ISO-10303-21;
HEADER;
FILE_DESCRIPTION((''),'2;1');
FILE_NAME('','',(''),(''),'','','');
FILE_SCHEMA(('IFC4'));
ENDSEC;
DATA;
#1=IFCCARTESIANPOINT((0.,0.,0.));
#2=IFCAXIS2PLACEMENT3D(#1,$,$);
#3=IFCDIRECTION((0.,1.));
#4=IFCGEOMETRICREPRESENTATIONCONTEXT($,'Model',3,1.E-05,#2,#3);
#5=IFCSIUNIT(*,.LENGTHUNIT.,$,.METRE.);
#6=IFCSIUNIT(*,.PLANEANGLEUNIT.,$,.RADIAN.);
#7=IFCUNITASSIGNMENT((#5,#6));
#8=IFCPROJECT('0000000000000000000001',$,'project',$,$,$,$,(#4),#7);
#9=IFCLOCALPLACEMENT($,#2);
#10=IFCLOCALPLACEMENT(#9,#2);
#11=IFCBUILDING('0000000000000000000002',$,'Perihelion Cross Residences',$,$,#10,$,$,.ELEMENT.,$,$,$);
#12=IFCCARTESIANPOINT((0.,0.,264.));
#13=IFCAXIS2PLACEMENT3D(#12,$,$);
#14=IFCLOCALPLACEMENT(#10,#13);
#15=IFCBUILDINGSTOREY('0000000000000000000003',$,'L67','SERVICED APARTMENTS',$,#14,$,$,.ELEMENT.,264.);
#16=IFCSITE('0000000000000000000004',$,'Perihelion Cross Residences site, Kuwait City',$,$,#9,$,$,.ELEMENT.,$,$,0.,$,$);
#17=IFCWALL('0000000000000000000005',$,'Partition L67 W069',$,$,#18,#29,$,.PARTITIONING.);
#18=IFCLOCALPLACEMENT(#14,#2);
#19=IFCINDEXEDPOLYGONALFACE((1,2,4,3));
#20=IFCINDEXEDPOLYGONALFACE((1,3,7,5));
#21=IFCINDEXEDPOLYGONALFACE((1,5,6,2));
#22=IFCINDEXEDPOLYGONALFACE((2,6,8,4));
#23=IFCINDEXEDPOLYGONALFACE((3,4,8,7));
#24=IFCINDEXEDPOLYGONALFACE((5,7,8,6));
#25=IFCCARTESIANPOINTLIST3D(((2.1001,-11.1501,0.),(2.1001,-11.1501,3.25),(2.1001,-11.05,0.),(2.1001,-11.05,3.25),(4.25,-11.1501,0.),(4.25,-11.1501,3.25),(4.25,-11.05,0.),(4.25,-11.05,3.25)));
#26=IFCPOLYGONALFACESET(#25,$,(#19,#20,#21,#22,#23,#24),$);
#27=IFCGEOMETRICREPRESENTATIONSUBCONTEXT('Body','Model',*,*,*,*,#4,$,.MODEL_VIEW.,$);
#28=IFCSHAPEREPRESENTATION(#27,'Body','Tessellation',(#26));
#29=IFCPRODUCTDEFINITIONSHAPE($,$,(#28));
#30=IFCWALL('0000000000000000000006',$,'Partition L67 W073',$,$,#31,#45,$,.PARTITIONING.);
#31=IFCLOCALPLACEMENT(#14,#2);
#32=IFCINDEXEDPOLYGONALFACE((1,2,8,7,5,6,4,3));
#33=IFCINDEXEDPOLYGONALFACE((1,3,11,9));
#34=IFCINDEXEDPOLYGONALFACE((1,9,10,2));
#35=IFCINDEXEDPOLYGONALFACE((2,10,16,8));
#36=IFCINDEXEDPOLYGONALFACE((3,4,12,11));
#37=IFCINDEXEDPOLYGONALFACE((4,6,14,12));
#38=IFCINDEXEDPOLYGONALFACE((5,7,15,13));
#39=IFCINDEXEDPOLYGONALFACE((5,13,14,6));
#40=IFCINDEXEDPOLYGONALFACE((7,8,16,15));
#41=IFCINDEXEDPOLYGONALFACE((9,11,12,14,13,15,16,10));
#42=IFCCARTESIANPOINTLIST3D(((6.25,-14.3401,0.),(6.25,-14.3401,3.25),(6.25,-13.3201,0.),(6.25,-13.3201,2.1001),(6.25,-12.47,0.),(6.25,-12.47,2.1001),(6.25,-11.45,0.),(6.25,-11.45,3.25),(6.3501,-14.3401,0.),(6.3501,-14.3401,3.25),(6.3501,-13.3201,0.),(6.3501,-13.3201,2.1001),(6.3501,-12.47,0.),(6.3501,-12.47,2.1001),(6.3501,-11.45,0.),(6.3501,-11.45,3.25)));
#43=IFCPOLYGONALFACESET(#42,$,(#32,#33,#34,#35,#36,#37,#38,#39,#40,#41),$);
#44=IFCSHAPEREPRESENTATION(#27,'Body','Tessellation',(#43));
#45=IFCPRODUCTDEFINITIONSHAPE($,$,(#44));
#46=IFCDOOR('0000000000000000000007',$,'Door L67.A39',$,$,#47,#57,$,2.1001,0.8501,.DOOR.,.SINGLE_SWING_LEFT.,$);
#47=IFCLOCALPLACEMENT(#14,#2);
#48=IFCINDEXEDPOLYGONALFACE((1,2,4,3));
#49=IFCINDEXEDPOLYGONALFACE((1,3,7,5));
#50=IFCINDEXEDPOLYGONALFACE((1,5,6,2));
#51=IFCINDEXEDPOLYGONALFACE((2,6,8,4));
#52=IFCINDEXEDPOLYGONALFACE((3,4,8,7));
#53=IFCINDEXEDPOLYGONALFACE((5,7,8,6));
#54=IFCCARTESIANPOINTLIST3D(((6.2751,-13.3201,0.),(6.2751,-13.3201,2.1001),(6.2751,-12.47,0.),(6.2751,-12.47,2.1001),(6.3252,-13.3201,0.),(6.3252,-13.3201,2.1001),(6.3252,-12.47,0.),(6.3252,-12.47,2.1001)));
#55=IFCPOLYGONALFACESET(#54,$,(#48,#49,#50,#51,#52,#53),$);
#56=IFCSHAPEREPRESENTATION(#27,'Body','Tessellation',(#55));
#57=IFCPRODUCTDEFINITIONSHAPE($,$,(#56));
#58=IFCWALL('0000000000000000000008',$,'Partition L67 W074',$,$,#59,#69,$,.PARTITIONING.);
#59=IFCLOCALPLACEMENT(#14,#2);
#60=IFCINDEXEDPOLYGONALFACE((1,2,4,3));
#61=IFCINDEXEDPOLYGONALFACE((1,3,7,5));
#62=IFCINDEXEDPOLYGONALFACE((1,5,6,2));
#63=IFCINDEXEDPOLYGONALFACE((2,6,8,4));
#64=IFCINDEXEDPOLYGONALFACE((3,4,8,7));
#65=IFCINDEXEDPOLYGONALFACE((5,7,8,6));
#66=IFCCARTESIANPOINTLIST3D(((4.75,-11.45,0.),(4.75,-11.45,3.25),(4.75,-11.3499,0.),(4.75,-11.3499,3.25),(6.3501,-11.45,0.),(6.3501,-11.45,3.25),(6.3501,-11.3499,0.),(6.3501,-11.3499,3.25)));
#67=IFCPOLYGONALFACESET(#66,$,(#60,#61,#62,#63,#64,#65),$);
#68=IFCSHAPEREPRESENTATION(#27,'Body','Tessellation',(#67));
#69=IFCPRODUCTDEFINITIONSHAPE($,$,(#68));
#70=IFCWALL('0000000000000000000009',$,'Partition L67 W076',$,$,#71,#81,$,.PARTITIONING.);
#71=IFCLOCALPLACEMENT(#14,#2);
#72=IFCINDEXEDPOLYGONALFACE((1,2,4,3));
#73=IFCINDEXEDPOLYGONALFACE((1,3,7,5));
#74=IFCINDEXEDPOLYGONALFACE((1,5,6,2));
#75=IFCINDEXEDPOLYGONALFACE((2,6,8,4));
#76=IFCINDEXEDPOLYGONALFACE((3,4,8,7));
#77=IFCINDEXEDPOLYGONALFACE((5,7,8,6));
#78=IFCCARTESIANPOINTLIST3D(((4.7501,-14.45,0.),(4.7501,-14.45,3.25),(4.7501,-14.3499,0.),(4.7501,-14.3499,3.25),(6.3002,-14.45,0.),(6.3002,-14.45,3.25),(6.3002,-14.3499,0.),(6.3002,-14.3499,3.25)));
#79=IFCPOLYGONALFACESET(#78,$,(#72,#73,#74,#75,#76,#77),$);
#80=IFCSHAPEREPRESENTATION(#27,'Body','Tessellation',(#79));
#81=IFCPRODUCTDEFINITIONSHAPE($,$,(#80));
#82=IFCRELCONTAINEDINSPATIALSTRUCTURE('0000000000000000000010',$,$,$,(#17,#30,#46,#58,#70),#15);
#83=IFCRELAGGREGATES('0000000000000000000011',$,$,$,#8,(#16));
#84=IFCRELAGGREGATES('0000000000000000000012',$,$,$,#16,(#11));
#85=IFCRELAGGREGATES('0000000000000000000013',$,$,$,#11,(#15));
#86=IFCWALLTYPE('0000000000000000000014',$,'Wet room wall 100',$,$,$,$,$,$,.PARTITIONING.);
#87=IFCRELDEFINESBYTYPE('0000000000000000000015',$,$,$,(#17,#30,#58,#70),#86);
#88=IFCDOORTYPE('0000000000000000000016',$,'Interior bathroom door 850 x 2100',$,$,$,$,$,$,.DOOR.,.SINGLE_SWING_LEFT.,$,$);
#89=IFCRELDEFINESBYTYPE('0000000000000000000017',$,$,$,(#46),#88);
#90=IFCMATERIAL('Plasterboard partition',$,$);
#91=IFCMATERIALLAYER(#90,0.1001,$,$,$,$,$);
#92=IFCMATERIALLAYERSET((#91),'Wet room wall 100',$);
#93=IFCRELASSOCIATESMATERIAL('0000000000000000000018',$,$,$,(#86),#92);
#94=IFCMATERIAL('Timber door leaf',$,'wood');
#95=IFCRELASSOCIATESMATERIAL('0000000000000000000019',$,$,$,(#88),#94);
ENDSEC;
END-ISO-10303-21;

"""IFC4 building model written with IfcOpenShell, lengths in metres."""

from ifc_helpers import new_model, si_unit, direction, frame, frame_2d, origin, place, context, subcontext, project, spatial, rectangle, extrude, material, layer, layer_set, type_object, element, fill, save


model = new_model("IFC4")

# Units and contexts
model_context = context("Model", 3, precision=1e-05, world=origin(), true_north=direction((0.0, 1.0)))
body_context = subcontext(model_context, "Body", "Model", "MODEL_VIEW")
ifc_project = project(units=[si_unit("LENGTHUNIT", "METRE"), si_unit("PLANEANGLEUNIT", "RADIAN")], contexts=[model_context])

# Site, building, storey
site_placement = place(None, origin())
site = spatial("IfcSite", under=ifc_project, at=site_placement, Name="Perihelion Cross Residences site, Kuwait City", CompositionType="ELEMENT", RefElevation=0.0)
building_placement = place(site_placement, origin())
building = spatial("IfcBuilding", under=site, at=building_placement, Name="Perihelion Cross Residences", CompositionType="ELEMENT")
storey_placement = place(building_placement, frame((0.0, 0.0, 264.0)))
storey = spatial("IfcBuildingStorey", under=building, at=storey_placement, Name="L67", Description="SERVICED APARTMENTS", CompositionType="ELEMENT", Elevation=264.0)

# Shared definitions
ifc_material_1 = material(Name="Plasterboard partition")
ifc_layer_1 = layer(ifc_material_1, 0.1001)
ifc_layer_set_1 = layer_set([ifc_layer_1], Name="Wet room wall 100")
wall_type_1 = type_object("IfcWallType", Name="Wet room wall 100", PredefinedType="PARTITIONING", material=ifc_layer_set_1)
ifc_material_2 = material(Name="Timber door leaf", Category="wood")
door_type_1 = type_object("IfcDoorType", Name="Interior bathroom door 850 x 2100", OperationType="SINGLE_SWING_LEFT", PredefinedType="DOOR", material=ifc_material_2)

# Wall
wall_1_placement = place(storey_placement, frame((4.25, -11.1001, 0.0), z_axis=(0.0, 0.0, 1.0), x_axis=(-1.0, 0.0, 0.0)))
element("IfcWall", 1, at=wall_1_placement, inside=storey, type_object=wall_type_1, Name="Partition L67 W069", PredefinedType="PARTITIONING", context=body_context, shape_type="SweptSolid", body=[
    extrude(rectangle(XDim=2.1499, YDim=0.1001, at=frame_2d((1.075, 0.0))), origin(), (0.0, 0.0, 1.0), 3.25),
])

# Wall, opening, door
wall_2_placement = place(storey_placement, frame((6.3, -14.3401, 0.0), z_axis=(0.0, 0.0, 1.0), x_axis=(0.0, 1.0, 0.0)))
wall_2 = element("IfcWall", 2, at=wall_2_placement, inside=storey, type_object=wall_type_1, Name="Partition L67 W073", PredefinedType="PARTITIONING", context=body_context, shape_type="SweptSolid", body=[
    extrude(rectangle(XDim=2.8901, YDim=0.1001, at=frame_2d((1.4451, 0.0))), origin(), (0.0, 0.0, 1.0), 3.25),
])
opening_1_placement = place(wall_2_placement, frame((1.02, 0.0, 0.0)))
opening_1 = element("IfcOpeningElement", 3, at=opening_1_placement, cuts=wall_2, PredefinedType="OPENING", context=body_context, shape_type="SweptSolid", body=[
    extrude(rectangle(XDim=0.8501, YDim=2.1001, at=frame_2d((0.425, 1.05))), frame((0.0, 0.0601, 0.0), z_axis=(0.0, -1.0, 0.0), x_axis=(1.0, 0.0, 0.0)), (0.0, 0.0, 1.0), 0.1201),
])
door_1_placement = place(opening_1_placement, origin())
door_1 = element("IfcDoor", 4, at=door_1_placement, inside=storey, type_object=door_type_1, Name="Door L67.A39", OperationType="SINGLE_SWING_LEFT", OverallHeight=2.1001, OverallWidth=0.8501, PredefinedType="DOOR", context=body_context, shape_type="SweptSolid", body=[
    extrude(rectangle(XDim=0.8501, YDim=2.1001, at=frame_2d((0.425, 1.05))), frame((0.0, 0.0249, 0.0), z_axis=(0.0, -1.0, 0.0), x_axis=(1.0, 0.0, 0.0)), (0.0, 0.0, 1.0), 0.05),
])
fill(opening_1, door_1)

# Walls
wall_3_placement = place(storey_placement, frame((6.3501, -11.3999, 0.0), z_axis=(0.0, 0.0, 1.0), x_axis=(-1.0, 0.0, 0.0)))
element("IfcWall", 5, at=wall_3_placement, inside=storey, type_object=wall_type_1, Name="Partition L67 W074", PredefinedType="PARTITIONING", context=body_context, shape_type="SweptSolid", body=[
    extrude(rectangle(XDim=1.6001, YDim=0.1001, at=frame_2d((0.8, 0.0))), origin(), (0.0, 0.0, 1.0), 3.25),
])
wall_4_placement = place(storey_placement, frame((6.3, -14.3999, 0.0), z_axis=(0.0, 0.0, 1.0), x_axis=(-1.0, 0.0, 0.0)))
element("IfcWall", 6, at=wall_4_placement, inside=storey, type_object=wall_type_1, Name="Partition L67 W076", PredefinedType="PARTITIONING", context=body_context, shape_type="SweptSolid", body=[
    extrude(rectangle(XDim=1.55, YDim=0.1001, at=frame_2d((0.7749, 0.0))), origin(), (0.0, 0.0, 1.0), 3.25),
])

save(model, "model.ifc")
